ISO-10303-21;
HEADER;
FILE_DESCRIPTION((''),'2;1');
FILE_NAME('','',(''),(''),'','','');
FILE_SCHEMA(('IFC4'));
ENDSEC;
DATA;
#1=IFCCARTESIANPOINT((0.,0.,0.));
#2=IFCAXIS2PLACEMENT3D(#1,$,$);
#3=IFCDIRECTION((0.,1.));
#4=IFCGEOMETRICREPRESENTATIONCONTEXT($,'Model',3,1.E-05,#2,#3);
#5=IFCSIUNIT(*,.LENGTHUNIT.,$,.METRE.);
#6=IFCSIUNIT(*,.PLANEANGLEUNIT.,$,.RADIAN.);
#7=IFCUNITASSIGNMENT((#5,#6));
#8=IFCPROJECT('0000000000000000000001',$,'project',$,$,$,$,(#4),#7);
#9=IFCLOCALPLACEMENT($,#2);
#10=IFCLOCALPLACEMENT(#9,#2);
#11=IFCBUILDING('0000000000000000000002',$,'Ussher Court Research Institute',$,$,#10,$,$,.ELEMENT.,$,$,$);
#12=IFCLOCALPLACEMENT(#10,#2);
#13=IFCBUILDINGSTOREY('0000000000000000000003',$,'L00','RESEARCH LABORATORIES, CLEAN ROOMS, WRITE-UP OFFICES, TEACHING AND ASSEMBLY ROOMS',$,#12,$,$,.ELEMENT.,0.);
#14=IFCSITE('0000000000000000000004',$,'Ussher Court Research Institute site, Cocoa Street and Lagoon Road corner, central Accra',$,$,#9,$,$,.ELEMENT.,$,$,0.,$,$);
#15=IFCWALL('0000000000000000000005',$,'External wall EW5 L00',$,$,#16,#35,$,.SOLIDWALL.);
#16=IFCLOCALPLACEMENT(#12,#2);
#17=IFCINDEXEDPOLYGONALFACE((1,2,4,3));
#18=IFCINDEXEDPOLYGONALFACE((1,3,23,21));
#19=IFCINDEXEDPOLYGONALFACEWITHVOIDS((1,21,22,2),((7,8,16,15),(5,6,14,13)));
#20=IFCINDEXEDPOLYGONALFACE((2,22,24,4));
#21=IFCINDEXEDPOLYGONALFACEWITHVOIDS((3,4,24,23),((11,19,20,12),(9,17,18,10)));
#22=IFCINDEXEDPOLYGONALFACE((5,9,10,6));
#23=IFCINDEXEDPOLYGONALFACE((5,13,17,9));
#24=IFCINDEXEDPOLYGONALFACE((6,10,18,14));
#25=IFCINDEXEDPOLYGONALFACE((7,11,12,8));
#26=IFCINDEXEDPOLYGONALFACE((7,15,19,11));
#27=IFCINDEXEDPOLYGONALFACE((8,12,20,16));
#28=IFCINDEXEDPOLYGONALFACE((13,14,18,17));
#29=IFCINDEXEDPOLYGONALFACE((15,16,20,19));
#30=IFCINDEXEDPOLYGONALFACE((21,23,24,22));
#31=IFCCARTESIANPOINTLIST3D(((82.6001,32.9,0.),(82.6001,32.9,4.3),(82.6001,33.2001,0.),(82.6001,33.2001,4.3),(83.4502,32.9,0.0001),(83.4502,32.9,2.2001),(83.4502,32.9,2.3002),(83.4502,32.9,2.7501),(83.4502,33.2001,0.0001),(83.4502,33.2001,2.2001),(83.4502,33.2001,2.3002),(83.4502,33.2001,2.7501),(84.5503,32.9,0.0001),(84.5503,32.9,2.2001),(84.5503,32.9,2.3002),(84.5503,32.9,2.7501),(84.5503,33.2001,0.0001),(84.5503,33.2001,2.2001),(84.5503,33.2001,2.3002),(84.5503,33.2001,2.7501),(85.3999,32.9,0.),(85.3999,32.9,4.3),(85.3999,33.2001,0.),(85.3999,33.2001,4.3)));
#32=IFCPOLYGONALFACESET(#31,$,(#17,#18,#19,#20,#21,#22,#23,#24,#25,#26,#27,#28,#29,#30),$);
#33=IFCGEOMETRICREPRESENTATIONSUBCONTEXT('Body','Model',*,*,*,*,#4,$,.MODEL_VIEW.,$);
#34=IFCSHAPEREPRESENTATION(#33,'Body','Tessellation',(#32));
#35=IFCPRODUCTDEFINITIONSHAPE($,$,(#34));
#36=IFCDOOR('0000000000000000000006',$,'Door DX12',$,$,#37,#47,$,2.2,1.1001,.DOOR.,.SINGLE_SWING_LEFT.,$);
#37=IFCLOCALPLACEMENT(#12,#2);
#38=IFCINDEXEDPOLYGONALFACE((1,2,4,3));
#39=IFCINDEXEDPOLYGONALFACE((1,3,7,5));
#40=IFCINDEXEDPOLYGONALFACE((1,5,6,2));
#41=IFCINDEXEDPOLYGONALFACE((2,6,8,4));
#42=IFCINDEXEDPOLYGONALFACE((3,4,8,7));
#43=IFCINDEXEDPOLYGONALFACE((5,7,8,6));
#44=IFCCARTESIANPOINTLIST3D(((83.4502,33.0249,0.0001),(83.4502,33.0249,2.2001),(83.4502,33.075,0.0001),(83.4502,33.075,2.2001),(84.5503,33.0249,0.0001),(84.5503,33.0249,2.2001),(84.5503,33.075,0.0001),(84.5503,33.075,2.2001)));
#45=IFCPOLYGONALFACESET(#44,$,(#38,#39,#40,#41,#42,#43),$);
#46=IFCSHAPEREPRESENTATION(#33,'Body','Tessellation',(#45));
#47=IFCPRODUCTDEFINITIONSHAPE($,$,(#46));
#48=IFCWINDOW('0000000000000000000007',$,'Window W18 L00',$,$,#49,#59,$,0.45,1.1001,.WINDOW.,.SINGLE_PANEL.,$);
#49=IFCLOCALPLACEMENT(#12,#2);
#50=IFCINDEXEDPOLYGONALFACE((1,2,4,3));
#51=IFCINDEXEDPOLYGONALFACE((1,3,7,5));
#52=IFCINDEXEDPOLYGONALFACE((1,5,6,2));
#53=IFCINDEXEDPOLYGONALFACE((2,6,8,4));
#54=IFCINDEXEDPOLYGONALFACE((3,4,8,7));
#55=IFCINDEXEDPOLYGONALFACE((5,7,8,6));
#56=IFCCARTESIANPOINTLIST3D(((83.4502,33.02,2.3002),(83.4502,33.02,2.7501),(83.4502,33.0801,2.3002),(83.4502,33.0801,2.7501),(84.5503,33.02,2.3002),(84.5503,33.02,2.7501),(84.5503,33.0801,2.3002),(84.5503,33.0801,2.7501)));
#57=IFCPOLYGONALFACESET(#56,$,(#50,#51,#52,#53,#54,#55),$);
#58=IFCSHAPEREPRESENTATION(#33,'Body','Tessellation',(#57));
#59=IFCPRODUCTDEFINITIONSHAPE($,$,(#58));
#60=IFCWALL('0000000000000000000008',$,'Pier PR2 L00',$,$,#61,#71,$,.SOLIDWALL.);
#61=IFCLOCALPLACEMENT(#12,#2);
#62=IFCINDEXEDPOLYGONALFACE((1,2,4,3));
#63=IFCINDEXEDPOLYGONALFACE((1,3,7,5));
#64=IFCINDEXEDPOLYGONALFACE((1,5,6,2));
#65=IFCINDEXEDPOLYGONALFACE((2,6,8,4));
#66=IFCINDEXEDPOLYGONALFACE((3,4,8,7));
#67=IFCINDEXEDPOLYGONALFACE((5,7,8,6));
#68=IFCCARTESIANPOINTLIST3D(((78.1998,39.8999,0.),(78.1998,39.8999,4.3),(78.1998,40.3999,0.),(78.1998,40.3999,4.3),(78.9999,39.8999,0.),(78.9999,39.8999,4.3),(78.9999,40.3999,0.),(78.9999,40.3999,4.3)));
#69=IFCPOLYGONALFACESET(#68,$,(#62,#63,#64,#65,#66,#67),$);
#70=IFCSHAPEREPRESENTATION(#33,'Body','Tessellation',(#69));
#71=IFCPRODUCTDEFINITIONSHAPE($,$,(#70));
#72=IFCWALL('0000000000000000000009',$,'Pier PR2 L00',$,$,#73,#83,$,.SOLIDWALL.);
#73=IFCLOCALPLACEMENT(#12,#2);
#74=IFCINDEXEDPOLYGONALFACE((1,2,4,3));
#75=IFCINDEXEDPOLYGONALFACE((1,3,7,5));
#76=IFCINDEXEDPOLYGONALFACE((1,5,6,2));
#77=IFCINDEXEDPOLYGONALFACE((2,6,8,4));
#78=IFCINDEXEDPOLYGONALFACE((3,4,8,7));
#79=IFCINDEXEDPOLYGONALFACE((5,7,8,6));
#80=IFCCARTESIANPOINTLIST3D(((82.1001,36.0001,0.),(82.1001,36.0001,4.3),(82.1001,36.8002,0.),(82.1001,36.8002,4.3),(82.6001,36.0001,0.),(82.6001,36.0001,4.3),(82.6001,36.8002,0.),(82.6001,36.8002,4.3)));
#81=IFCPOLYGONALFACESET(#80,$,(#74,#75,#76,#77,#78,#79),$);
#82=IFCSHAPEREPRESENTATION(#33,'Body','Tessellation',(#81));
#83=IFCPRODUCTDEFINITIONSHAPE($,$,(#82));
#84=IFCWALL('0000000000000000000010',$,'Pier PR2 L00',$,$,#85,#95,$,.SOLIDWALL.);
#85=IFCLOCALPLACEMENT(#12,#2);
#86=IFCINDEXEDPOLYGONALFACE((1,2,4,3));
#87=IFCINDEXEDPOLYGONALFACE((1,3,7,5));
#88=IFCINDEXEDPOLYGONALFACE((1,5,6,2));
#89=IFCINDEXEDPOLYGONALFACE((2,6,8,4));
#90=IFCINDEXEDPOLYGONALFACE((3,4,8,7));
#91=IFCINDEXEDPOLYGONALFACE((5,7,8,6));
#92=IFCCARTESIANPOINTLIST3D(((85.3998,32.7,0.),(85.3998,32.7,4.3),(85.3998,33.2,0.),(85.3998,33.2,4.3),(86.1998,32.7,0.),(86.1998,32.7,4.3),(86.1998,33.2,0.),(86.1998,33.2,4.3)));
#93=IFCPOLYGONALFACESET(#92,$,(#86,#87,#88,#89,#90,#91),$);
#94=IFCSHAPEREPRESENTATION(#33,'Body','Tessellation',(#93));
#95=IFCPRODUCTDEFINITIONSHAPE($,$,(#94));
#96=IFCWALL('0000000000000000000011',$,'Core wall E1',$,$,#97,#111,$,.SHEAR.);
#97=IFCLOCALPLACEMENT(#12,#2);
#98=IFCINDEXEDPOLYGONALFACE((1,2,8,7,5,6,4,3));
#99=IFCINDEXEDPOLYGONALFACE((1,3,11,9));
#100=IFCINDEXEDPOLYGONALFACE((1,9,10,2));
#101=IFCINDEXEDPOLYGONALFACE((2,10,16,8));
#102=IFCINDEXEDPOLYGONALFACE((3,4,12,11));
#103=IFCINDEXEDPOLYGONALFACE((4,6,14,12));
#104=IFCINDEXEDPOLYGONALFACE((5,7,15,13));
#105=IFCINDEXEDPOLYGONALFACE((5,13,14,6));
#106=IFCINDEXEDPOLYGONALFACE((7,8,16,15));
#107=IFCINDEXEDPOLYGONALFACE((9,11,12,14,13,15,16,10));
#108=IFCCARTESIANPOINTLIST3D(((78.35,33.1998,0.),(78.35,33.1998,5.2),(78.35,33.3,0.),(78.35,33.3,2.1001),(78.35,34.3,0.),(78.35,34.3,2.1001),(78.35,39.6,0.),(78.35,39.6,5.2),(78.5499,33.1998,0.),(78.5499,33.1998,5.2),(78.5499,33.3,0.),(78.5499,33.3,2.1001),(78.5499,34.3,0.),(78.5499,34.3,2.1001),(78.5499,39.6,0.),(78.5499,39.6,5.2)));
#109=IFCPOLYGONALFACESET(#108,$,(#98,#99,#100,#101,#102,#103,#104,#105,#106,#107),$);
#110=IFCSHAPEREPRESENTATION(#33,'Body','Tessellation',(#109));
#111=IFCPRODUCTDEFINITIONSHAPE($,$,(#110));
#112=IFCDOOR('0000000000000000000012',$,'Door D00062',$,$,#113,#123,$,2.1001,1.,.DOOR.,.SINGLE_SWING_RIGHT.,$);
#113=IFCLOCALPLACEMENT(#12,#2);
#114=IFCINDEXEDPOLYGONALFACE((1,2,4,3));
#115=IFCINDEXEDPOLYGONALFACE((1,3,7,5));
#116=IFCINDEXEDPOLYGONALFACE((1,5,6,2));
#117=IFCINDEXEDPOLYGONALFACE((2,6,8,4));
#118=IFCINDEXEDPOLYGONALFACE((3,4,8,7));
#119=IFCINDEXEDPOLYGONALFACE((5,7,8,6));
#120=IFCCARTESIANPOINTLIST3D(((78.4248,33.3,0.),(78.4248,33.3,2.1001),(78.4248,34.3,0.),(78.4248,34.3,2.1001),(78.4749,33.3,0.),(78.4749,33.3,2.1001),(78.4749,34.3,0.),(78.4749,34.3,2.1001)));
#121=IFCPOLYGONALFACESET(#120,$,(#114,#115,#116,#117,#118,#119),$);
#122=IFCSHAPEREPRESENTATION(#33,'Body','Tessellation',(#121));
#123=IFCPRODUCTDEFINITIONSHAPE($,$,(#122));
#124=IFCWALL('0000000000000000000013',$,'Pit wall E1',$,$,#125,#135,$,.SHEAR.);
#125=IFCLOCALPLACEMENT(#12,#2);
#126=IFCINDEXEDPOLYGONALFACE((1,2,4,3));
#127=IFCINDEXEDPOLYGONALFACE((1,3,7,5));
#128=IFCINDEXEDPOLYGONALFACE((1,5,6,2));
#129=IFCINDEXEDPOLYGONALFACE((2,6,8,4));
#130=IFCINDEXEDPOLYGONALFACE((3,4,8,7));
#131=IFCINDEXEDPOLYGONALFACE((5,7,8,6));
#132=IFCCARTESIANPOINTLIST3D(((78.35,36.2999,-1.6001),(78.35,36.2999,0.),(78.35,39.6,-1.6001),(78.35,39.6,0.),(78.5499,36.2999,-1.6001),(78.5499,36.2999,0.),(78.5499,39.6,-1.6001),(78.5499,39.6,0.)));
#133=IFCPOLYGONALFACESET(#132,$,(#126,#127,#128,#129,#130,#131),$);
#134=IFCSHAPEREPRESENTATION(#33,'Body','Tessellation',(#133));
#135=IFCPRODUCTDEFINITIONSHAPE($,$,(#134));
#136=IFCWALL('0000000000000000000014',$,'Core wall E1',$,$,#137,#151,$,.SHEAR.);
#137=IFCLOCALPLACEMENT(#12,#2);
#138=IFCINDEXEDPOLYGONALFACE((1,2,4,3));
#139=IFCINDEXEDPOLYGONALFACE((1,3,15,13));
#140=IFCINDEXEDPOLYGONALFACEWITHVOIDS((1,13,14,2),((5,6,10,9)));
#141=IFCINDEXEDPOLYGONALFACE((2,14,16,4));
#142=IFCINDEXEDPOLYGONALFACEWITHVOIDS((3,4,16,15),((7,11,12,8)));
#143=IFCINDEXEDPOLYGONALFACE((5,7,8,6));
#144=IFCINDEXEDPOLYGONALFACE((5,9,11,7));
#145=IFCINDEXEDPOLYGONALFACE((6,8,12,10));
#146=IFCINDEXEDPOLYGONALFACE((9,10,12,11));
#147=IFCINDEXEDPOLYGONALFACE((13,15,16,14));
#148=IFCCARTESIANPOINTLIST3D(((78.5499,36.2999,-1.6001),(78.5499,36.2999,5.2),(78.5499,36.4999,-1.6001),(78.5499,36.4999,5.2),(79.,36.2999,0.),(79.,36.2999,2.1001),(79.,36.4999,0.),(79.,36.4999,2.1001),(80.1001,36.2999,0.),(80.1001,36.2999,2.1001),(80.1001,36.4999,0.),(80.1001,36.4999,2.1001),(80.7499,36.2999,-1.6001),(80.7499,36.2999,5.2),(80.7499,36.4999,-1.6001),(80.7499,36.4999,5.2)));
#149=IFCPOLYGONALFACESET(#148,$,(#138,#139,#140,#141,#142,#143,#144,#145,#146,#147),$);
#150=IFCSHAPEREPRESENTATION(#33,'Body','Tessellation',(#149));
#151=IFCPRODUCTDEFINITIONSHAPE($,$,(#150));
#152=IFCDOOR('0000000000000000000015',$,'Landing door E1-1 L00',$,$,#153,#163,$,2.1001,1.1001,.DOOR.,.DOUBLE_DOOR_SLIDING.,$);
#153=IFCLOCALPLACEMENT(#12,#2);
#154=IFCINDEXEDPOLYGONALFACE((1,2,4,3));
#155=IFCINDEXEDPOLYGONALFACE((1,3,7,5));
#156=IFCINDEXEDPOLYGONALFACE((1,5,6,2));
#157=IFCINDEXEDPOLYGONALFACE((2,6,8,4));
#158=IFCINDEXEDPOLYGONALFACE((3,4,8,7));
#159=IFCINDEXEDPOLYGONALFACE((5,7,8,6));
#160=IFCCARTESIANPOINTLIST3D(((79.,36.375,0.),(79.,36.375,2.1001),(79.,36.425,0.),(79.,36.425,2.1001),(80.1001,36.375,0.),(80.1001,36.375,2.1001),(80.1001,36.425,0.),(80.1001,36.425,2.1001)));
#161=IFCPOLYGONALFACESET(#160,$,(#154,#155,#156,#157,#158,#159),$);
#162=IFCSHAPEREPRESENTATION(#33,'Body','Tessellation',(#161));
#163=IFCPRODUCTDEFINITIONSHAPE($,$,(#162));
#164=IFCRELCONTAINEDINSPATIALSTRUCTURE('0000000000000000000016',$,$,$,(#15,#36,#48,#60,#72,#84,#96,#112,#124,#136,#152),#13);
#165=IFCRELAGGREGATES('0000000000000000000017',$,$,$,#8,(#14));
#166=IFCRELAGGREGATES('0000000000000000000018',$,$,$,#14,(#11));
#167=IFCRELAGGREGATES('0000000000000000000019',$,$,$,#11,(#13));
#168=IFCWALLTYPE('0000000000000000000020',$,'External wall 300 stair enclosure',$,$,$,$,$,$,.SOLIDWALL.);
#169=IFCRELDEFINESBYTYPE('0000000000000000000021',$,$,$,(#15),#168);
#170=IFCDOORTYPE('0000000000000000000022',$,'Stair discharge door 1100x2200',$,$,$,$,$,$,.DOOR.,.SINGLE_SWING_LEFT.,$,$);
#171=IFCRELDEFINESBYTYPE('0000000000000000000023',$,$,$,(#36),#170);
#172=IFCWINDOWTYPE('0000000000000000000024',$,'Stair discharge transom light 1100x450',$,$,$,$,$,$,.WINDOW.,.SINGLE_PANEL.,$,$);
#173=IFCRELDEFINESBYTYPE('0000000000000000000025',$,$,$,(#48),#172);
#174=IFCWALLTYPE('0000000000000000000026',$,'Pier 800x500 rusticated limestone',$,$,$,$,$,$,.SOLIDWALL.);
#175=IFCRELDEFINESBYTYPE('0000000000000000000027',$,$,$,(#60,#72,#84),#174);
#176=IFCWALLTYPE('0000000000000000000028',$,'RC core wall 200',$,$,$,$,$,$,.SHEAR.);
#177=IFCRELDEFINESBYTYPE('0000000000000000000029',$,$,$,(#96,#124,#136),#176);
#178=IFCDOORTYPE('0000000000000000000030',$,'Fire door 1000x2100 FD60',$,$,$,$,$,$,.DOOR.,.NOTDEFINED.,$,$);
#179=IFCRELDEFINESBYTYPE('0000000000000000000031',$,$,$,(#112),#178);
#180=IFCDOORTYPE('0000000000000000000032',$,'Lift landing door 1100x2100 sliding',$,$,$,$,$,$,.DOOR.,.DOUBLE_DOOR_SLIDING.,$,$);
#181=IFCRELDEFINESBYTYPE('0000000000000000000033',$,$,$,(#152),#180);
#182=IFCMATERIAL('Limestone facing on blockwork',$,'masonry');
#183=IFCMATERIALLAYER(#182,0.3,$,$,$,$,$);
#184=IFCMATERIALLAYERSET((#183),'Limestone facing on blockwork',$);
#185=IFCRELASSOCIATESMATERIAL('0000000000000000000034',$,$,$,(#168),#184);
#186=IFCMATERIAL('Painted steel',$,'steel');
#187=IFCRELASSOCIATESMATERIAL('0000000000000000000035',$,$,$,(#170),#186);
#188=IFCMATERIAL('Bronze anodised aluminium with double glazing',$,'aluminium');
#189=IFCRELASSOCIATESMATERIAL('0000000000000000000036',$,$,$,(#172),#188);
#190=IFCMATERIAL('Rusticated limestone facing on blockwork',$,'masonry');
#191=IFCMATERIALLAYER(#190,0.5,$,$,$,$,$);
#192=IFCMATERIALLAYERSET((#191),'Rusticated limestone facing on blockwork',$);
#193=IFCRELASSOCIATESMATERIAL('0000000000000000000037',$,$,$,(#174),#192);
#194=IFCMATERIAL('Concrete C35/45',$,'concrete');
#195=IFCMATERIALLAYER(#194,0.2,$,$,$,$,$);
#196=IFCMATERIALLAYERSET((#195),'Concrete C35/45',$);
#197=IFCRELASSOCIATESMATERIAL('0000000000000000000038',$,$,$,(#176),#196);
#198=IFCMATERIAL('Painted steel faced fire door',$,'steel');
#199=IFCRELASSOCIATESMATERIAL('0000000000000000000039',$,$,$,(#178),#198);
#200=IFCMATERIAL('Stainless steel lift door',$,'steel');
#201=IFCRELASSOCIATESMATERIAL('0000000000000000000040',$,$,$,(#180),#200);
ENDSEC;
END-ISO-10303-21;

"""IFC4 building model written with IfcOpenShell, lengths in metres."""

from ifc_helpers import new_model, si_unit, direction, frame, frame_2d, origin, place, context, subcontext, project, spatial, rectangle, extrude, material, layer, layer_set, type_object, element, fill, save


model = new_model("IFC4")

# Units and contexts
model_context = context("Model", 3, precision=1e-05, world=origin(), true_north=direction((0.0, 1.0)))
body_context = subcontext(model_context, "Body", "Model", "MODEL_VIEW")
ifc_project = project(units=[si_unit("LENGTHUNIT", "METRE"), si_unit("PLANEANGLEUNIT", "RADIAN")], contexts=[model_context])

# Site, building, storey
site_placement = place(None, origin())
site = spatial("IfcSite", under=ifc_project, at=site_placement, Name="Ussher Court Research Institute site, Cocoa Street and Lagoon Road corner, central Accra", CompositionType="ELEMENT", RefElevation=0.0)
building_placement = place(site_placement, origin())
building = spatial("IfcBuilding", under=site, at=building_placement, Name="Ussher Court Research Institute", CompositionType="ELEMENT")
storey_placement = place(building_placement, origin())
storey = spatial("IfcBuildingStorey", under=building, at=storey_placement, Name="L00", Description="RESEARCH LABORATORIES, CLEAN ROOMS, WRITE-UP OFFICES, TEACHING AND ASSEMBLY ROOMS", CompositionType="ELEMENT", Elevation=0.0)

# Shared definitions
ifc_material_1 = material(Name="Limestone facing on blockwork", Category="masonry")
ifc_layer_1 = layer(ifc_material_1, 0.3)
ifc_layer_set_1 = layer_set([ifc_layer_1], Name="Limestone facing on blockwork")
wall_type_1 = type_object("IfcWallType", Name="External wall 300 stair enclosure", PredefinedType="SOLIDWALL", material=ifc_layer_set_1)

# Wall, openings, door, window
wall_1_placement = place(storey_placement, frame((82.6001, 33.05, 0.0), z_axis=(0.0, 0.0, 1.0), x_axis=(1.0, 0.0, 0.0)))
wall_1 = element("IfcWall", 1, at=wall_1_placement, inside=storey, type_object=wall_type_1, Name="External wall EW5 L00", PredefinedType="SOLIDWALL", context=body_context, shape_type="SweptSolid", body=[
    extrude(rectangle(XDim=2.7998, YDim=0.3, at=frame_2d((1.3999, 0.0))), origin(), (0.0, 0.0, 1.0), 4.3),
])
opening_1_placement = place(wall_1_placement, frame((0.8501, 0.0, 0.0)))
opening_1 = element("IfcOpeningElement", 2, at=opening_1_placement, cuts=wall_1, PredefinedType="OPENING", context=body_context, shape_type="SweptSolid", body=[
    extrude(rectangle(XDim=1.1001, YDim=2.2, at=frame_2d((0.55, 1.1001))), frame((0.0, 0.1602, 0.0), z_axis=(0.0, -1.0, 0.0), x_axis=(1.0, 0.0, 0.0)), (0.0, 0.0, 1.0), 0.3201),
])
opening_2_placement = place(wall_1_placement, frame((0.8501, 0.0, 2.3)))
opening_2 = element("IfcOpeningElement", 3, at=opening_2_placement, cuts=wall_1, PredefinedType="OPENING", context=body_context, shape_type="SweptSolid", body=[
    extrude(rectangle(XDim=1.1001, YDim=0.45, at=frame_2d((0.55, 0.2251))), frame((0.0, 0.1602, 0.0), z_axis=(0.0, -1.0, 0.0), x_axis=(1.0, 0.0, 0.0)), (0.0, 0.0, 1.0), 0.3201),
])
ifc_material_2 = material(Name="Painted steel", Category="steel")
door_type_1 = type_object("IfcDoorType", Name="Stair discharge door 1100x2200", OperationType="SINGLE_SWING_LEFT", PredefinedType="DOOR", material=ifc_material_2)
door_1_placement = place(opening_1_placement, origin())
door_1 = element("IfcDoor", 4, at=door_1_placement, inside=storey, type_object=door_type_1, Name="Door DX12", OperationType="SINGLE_SWING_LEFT", OverallHeight=2.2, OverallWidth=1.1001, PredefinedType="DOOR", context=body_context, shape_type="SweptSolid", body=[
    extrude(rectangle(XDim=1.1001, YDim=2.2, at=frame_2d((0.55, 1.1001))), frame((0.0, 0.0249, 0.0), z_axis=(0.0, -1.0, 0.0), x_axis=(1.0, 0.0, 0.0)), (0.0, 0.0, 1.0), 0.05),
])
fill(opening_1, door_1)
ifc_material_3 = material(Name="Bronze anodised aluminium with double glazing", Category="aluminium")
window_type = type_object("IfcWindowType", Name="Stair discharge transom light 1100x450", PartitioningType="SINGLE_PANEL", PredefinedType="WINDOW", material=ifc_material_3)
window_placement = place(opening_2_placement, origin())
window = element("IfcWindow", 5, at=window_placement, inside=storey, type_object=window_type, Name="Window W18 L00", OverallHeight=0.45, OverallWidth=1.1001, PartitioningType="SINGLE_PANEL", PredefinedType="WINDOW", context=body_context, shape_type="SweptSolid", body=[
    extrude(rectangle(XDim=1.1001, YDim=0.45, at=frame_2d((0.55, 0.2251))), frame((0.0, 0.03, 0.0), z_axis=(0.0, -1.0, 0.0), x_axis=(1.0, 0.0, 0.0)), (0.0, 0.0, 1.0), 0.0601),
])
fill(opening_2, window)

# Walls
ifc_material_4 = material(Name="Rusticated limestone facing on blockwork", Category="masonry")
ifc_layer_2 = layer(ifc_material_4, 0.5)
ifc_layer_set_2 = layer_set([ifc_layer_2], Name="Rusticated limestone facing on blockwork")
wall_type_2 = type_object("IfcWallType", Name="Pier 800x500 rusticated limestone", PredefinedType="SOLIDWALL", material=ifc_layer_set_2)
for number, where, z_axis, x_axis, name in (
    (6, (78.2, 40.1499, 0.0), (0.0, 0.0, 1.0), (1.0, 0.0, 0.0), "Pier PR2 L00"),
    (7, (82.3501, 36.8, 0.0), (0.0, 0.0, 1.0), (0.0, -1.0, 0.0), "Pier PR2 L00"),
    (8, (85.3999, 32.95, 0.0), (0.0, 0.0, 1.0), (1.0, 0.0, 0.0), "Pier PR2 L00"),
):
    element("IfcWall", number, at=place(storey_placement, frame(where, z_axis=z_axis, x_axis=x_axis)), inside=storey, type_object=wall_type_2, Name=name, PredefinedType="SOLIDWALL", context=body_context, shape_type="SweptSolid", body=[
        extrude(rectangle(XDim=0.8, YDim=0.5, at=frame_2d((0.3999, 0.0))), origin(), (0.0, 0.0, 1.0), 4.3),
    ])

# Wall, opening, door
ifc_material_5 = material(Name="Concrete C35/45", Category="concrete")
ifc_layer_3 = layer(ifc_material_5, 0.2)
ifc_layer_set_3 = layer_set([ifc_layer_3], Name="Concrete C35/45")
wall_type_3 = type_object("IfcWallType", Name="RC core wall 200", PredefinedType="SHEAR", material=ifc_layer_set_3)
wall_2_placement = place(storey_placement, frame((78.45, 39.6001, 0.0), z_axis=(0.0, 0.0, 1.0), x_axis=(0.0, -1.0, 0.0)))
wall_2 = element("IfcWall", 9, at=wall_2_placement, inside=storey, type_object=wall_type_3, Name="Core wall E1", PredefinedType="SHEAR", context=body_context, shape_type="SweptSolid", body=[
    extrude(rectangle(XDim=6.4001, YDim=0.2, at=frame_2d((3.2002, 0.0))), origin(), (0.0, 0.0, 1.0), 5.2),
])
opening_3_placement = place(wall_2_placement, frame((5.3, 0.0, 0.0)))
opening_3 = element("IfcOpeningElement", 10, at=opening_3_placement, cuts=wall_2, PredefinedType="OPENING", context=body_context, shape_type="SweptSolid", body=[
    extrude(rectangle(XDim=1.0, YDim=2.1001, at=frame_2d((0.5, 1.05))), frame((0.0, 0.1099, 0.0), z_axis=(0.0, -1.0, 0.0), x_axis=(1.0, 0.0, 0.0)), (0.0, 0.0, 1.0), 0.22),
])
ifc_material_6 = material(Name="Painted steel faced fire door", Category="steel")
door_type_2 = type_object("IfcDoorType", Name="Fire door 1000x2100 FD60", OperationType="NOTDEFINED", PredefinedType="DOOR", material=ifc_material_6)
door_2_placement = place(opening_3_placement, origin())
door_2 = element("IfcDoor", 11, at=door_2_placement, inside=storey, type_object=door_type_2, Name="Door D00062", OperationType="SINGLE_SWING_RIGHT", OverallHeight=2.1001, OverallWidth=1.0, PredefinedType="DOOR", context=body_context, shape_type="SweptSolid", body=[
    extrude(rectangle(XDim=1.0, YDim=2.1001, at=frame_2d((0.5, 1.05))), frame((0.0, 0.0249, 0.0), z_axis=(0.0, -1.0, 0.0), x_axis=(1.0, 0.0, 0.0)), (0.0, 0.0, 1.0), 0.05),
])
fill(opening_3, door_2)

# Wall
wall_3_placement = place(storey_placement, frame((78.45, 36.3, -1.6001), z_axis=(0.0, 0.0, 1.0), x_axis=(0.0, 1.0, 0.0)))
element("IfcWall", 12, at=wall_3_placement, inside=storey, type_object=wall_type_3, Name="Pit wall E1", PredefinedType="SHEAR", context=body_context, shape_type="SweptSolid", body=[
    extrude(rectangle(XDim=3.3, YDim=0.2, at=frame_2d((1.6499, 0.0))), origin(), (0.0, 0.0, 1.0), 1.6001),
])

# Wall, opening, door
wall_4_placement = place(storey_placement, frame((80.75, 36.3999, -1.6001), z_axis=(0.0, 0.0, 1.0), x_axis=(-1.0, 0.0, 0.0)))
wall_4 = element("IfcWall", 13, at=wall_4_placement, inside=storey, type_object=wall_type_3, Name="Core wall E1", PredefinedType="SHEAR", context=body_context, shape_type="SweptSolid", body=[
    extrude(rectangle(XDim=2.2, YDim=0.2, at=frame_2d((1.1001, 0.0))), origin(), (0.0, 0.0, 1.0), 6.8),
])
opening_4_placement = place(wall_4_placement, frame((0.6499, 0.0, 1.6001)))
opening_4 = element("IfcOpeningElement", 14, at=opening_4_placement, cuts=wall_4, PredefinedType="OPENING", context=body_context, shape_type="SweptSolid", body=[
    extrude(rectangle(XDim=1.1001, YDim=2.1001, at=frame_2d((0.55, 1.05))), frame((0.0, 0.1099, 0.0), z_axis=(0.0, -1.0, 0.0), x_axis=(1.0, 0.0, 0.0)), (0.0, 0.0, 1.0), 0.22),
])
ifc_material_7 = material(Name="Stainless steel lift door", Category="steel")
door_type_3 = type_object("IfcDoorType", Name="Lift landing door 1100x2100 sliding", OperationType="DOUBLE_DOOR_SLIDING", PredefinedType="DOOR", material=ifc_material_7)
door_3_placement = place(opening_4_placement, origin())
door_3 = element("IfcDoor", 15, at=door_3_placement, inside=storey, type_object=door_type_3, Name="Landing door E1-1 L00", OperationType="DOUBLE_DOOR_SLIDING", OverallHeight=2.1001, OverallWidth=1.1001, PredefinedType="DOOR", context=body_context, shape_type="SweptSolid", body=[
    extrude(rectangle(XDim=1.1001, YDim=2.1001, at=frame_2d((0.55, 1.05))), frame((0.0, 0.0249, 0.0), z_axis=(0.0, -1.0, 0.0), x_axis=(1.0, 0.0, 0.0)), (0.0, 0.0, 1.0), 0.05),
])
fill(opening_4, door_3)

save(model, "model.ifc")
